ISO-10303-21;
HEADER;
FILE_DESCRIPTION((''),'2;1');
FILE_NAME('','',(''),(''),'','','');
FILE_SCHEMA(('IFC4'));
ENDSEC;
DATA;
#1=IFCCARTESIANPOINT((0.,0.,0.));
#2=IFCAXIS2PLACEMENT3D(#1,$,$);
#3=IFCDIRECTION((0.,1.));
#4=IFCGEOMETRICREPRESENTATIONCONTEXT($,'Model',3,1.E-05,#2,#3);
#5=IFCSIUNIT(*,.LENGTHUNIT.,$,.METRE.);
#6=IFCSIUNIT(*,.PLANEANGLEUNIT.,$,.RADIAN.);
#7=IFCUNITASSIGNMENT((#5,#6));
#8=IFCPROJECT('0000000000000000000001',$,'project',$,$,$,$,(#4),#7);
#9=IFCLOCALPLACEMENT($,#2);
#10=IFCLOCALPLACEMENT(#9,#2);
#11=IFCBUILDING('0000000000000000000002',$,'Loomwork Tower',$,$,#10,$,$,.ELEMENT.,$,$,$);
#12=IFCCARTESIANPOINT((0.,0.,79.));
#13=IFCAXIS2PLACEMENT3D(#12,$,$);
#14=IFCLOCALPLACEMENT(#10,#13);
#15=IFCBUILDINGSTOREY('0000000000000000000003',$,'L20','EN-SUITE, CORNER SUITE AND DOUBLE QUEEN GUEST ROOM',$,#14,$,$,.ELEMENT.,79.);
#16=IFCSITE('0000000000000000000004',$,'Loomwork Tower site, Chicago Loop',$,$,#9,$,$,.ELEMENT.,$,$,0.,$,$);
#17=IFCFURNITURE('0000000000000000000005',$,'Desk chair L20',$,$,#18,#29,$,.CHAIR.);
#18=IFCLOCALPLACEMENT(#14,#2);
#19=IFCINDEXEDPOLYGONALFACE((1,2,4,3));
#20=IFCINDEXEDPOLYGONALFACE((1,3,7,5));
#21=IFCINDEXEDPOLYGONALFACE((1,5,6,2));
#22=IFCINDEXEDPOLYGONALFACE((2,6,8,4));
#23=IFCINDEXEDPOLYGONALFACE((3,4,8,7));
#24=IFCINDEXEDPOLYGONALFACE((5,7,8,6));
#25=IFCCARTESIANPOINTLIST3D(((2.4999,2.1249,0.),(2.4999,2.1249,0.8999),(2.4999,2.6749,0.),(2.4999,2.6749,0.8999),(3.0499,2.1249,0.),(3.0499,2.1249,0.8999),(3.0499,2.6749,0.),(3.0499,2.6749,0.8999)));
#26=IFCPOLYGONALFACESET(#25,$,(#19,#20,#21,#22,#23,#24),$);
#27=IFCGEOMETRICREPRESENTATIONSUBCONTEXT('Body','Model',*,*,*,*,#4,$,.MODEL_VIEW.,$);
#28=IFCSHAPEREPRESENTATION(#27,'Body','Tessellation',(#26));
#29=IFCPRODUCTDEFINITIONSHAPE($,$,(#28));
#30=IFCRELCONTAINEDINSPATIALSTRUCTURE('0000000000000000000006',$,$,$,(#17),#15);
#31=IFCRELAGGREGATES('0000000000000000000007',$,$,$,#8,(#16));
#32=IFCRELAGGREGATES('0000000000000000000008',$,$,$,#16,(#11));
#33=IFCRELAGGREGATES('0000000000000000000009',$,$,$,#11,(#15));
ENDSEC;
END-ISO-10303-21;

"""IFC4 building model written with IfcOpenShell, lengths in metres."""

from ifc_helpers import new_model, si_unit, direction, frame, origin, origin_2d, place, context, subcontext, project, spatial, rectangle, extrude, element, save


model = new_model("IFC4")

# Units and contexts
model_context = context("Model", 3, precision=1e-05, world=origin(), true_north=direction((0.0, 1.0)))
body_context = subcontext(model_context, "Body", "Model", "MODEL_VIEW")
ifc_project = project(units=[si_unit("LENGTHUNIT", "METRE"), si_unit("PLANEANGLEUNIT", "RADIAN")], contexts=[model_context])

# Site, building, storey
site_placement = place(None, origin())
site = spatial("IfcSite", under=ifc_project, at=site_placement, Name="Loomwork Tower site, Chicago Loop", CompositionType="ELEMENT", RefElevation=0.0)
building_placement = place(site_placement, origin())
building = spatial("IfcBuilding", under=site, at=building_placement, Name="Loomwork Tower", CompositionType="ELEMENT")
storey_placement = place(building_placement, frame((0.0, 0.0, 79.0)))
storey = spatial("IfcBuildingStorey", under=building, at=storey_placement, Name="L20", Description="EN-SUITE, CORNER SUITE AND DOUBLE QUEEN GUEST ROOM", CompositionType="ELEMENT", Elevation=79.0)

# Furniture
furniture_1_placement = place(storey_placement, frame((2.7749, 2.3999, 0.0), z_axis=(0.0, 0.0, 1.0), x_axis=(1.0, 0.0, 0.0)))
element("IfcFurniture", 1, at=furniture_1_placement, inside=storey, Name="Desk chair L20", PredefinedType="CHAIR", context=body_context, shape_type="SweptSolid", body=[
    extrude(rectangle(XDim=0.55, YDim=0.55, at=origin_2d()), origin(), (0.0, 0.0, 1.0), 0.8999),
])

save(model, "model.ifc")
